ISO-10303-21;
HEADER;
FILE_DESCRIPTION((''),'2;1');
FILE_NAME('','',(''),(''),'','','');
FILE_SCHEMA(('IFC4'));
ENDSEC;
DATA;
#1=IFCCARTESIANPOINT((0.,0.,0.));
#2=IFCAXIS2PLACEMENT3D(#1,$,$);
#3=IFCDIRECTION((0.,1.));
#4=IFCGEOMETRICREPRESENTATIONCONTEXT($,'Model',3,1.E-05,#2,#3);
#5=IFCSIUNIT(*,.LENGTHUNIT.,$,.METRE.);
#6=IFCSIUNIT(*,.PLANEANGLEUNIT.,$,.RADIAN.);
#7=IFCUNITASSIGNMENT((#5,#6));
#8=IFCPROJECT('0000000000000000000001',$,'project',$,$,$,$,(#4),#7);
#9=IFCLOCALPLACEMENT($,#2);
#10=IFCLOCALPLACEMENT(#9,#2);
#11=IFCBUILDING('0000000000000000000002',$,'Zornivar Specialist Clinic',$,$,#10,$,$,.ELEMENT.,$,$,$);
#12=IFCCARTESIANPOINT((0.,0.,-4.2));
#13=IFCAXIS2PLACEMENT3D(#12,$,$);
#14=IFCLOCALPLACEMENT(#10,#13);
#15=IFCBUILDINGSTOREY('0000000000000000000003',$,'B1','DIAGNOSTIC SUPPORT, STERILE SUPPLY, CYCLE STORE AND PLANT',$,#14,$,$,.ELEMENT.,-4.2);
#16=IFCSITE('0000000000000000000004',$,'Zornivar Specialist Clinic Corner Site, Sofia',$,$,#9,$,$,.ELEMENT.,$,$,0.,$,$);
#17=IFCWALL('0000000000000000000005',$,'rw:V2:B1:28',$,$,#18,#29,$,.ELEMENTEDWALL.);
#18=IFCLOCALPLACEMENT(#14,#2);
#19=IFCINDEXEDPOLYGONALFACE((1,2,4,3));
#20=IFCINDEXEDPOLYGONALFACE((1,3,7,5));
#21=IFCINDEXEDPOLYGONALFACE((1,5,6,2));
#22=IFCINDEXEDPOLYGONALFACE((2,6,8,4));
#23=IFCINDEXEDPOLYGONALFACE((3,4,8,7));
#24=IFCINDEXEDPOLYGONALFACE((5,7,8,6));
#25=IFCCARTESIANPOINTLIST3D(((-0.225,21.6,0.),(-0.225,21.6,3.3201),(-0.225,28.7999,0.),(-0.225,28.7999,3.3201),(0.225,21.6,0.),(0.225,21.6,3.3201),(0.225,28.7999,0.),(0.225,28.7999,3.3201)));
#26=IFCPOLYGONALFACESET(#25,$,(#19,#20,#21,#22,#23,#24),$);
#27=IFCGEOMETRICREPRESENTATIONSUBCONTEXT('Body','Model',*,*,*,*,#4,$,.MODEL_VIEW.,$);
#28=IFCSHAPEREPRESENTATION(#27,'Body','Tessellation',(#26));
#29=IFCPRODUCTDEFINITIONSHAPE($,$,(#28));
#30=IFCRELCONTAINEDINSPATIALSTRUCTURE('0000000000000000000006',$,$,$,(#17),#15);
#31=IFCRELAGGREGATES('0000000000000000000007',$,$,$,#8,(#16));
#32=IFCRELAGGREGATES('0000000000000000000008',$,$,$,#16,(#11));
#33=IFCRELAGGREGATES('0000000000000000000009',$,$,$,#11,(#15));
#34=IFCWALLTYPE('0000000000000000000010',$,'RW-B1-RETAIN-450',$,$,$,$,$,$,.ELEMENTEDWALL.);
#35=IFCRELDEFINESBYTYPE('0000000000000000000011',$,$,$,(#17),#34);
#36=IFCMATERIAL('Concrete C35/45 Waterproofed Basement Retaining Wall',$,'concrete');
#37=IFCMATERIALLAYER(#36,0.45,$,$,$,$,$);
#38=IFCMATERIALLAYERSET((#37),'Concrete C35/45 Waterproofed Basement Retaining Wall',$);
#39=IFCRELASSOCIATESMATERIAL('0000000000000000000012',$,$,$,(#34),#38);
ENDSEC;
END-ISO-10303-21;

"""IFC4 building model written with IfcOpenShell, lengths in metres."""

from ifc_helpers import new_model, si_unit, direction, frame, frame_2d, origin, place, context, subcontext, project, spatial, rectangle, extrude, material, layer, layer_set, type_object, element, save


model = new_model("IFC4")

# Units and contexts
model_context = context("Model", 3, precision=1e-05, world=origin(), true_north=direction((0.0, 1.0)))
body_context = subcontext(model_context, "Body", "Model", "MODEL_VIEW")
ifc_project = project(units=[si_unit("LENGTHUNIT", "METRE"), si_unit("PLANEANGLEUNIT", "RADIAN")], contexts=[model_context])

# Site, building, storey
site_placement = place(None, origin())
site = spatial("IfcSite", under=ifc_project, at=site_placement, Name="Zornivar Specialist Clinic Corner Site, Sofia", CompositionType="ELEMENT", RefElevation=0.0)
building_placement = place(site_placement, origin())
building = spatial("IfcBuilding", under=site, at=building_placement, Name="Zornivar Specialist Clinic", CompositionType="ELEMENT")
storey_placement = place(building_placement, frame((0.0, 0.0, -4.2)))
storey = spatial("IfcBuildingStorey", under=building, at=storey_placement, Name="B1", Description="DIAGNOSTIC SUPPORT, STERILE SUPPLY, CYCLE STORE AND PLANT", CompositionType="ELEMENT", Elevation=-4.2)

# Wall
ifc_material_1 = material(Name="Concrete C35/45 Waterproofed Basement Retaining Wall", Category="concrete")
ifc_layer_1 = layer(ifc_material_1, 0.45)
ifc_layer_set_1 = layer_set([ifc_layer_1], Name="Concrete C35/45 Waterproofed Basement Retaining Wall")
wall_type_1 = type_object("IfcWallType", Name="RW-B1-RETAIN-450", PredefinedType="ELEMENTEDWALL", material=ifc_layer_set_1)
for number, where, z_axis, x_axis, name in (
    (1, (0.0, 28.8, 0.0), (0.0, 0.0, 1.0), (0.0, -1.0, 0.0), "rw:V2:B1:28"),
):
    element("IfcWall", number, at=place(storey_placement, frame(where, z_axis=z_axis, x_axis=x_axis)), inside=storey, type_object=wall_type_1, Name=name, PredefinedType="ELEMENTEDWALL", context=body_context, shape_type="SweptSolid", body=[
        extrude(rectangle(XDim=7.2, YDim=0.45, at=frame_2d((3.6001, 0.0))), origin(), (0.0, 0.0, 1.0), 3.3201),
    ])

save(model, "model.ifc")
